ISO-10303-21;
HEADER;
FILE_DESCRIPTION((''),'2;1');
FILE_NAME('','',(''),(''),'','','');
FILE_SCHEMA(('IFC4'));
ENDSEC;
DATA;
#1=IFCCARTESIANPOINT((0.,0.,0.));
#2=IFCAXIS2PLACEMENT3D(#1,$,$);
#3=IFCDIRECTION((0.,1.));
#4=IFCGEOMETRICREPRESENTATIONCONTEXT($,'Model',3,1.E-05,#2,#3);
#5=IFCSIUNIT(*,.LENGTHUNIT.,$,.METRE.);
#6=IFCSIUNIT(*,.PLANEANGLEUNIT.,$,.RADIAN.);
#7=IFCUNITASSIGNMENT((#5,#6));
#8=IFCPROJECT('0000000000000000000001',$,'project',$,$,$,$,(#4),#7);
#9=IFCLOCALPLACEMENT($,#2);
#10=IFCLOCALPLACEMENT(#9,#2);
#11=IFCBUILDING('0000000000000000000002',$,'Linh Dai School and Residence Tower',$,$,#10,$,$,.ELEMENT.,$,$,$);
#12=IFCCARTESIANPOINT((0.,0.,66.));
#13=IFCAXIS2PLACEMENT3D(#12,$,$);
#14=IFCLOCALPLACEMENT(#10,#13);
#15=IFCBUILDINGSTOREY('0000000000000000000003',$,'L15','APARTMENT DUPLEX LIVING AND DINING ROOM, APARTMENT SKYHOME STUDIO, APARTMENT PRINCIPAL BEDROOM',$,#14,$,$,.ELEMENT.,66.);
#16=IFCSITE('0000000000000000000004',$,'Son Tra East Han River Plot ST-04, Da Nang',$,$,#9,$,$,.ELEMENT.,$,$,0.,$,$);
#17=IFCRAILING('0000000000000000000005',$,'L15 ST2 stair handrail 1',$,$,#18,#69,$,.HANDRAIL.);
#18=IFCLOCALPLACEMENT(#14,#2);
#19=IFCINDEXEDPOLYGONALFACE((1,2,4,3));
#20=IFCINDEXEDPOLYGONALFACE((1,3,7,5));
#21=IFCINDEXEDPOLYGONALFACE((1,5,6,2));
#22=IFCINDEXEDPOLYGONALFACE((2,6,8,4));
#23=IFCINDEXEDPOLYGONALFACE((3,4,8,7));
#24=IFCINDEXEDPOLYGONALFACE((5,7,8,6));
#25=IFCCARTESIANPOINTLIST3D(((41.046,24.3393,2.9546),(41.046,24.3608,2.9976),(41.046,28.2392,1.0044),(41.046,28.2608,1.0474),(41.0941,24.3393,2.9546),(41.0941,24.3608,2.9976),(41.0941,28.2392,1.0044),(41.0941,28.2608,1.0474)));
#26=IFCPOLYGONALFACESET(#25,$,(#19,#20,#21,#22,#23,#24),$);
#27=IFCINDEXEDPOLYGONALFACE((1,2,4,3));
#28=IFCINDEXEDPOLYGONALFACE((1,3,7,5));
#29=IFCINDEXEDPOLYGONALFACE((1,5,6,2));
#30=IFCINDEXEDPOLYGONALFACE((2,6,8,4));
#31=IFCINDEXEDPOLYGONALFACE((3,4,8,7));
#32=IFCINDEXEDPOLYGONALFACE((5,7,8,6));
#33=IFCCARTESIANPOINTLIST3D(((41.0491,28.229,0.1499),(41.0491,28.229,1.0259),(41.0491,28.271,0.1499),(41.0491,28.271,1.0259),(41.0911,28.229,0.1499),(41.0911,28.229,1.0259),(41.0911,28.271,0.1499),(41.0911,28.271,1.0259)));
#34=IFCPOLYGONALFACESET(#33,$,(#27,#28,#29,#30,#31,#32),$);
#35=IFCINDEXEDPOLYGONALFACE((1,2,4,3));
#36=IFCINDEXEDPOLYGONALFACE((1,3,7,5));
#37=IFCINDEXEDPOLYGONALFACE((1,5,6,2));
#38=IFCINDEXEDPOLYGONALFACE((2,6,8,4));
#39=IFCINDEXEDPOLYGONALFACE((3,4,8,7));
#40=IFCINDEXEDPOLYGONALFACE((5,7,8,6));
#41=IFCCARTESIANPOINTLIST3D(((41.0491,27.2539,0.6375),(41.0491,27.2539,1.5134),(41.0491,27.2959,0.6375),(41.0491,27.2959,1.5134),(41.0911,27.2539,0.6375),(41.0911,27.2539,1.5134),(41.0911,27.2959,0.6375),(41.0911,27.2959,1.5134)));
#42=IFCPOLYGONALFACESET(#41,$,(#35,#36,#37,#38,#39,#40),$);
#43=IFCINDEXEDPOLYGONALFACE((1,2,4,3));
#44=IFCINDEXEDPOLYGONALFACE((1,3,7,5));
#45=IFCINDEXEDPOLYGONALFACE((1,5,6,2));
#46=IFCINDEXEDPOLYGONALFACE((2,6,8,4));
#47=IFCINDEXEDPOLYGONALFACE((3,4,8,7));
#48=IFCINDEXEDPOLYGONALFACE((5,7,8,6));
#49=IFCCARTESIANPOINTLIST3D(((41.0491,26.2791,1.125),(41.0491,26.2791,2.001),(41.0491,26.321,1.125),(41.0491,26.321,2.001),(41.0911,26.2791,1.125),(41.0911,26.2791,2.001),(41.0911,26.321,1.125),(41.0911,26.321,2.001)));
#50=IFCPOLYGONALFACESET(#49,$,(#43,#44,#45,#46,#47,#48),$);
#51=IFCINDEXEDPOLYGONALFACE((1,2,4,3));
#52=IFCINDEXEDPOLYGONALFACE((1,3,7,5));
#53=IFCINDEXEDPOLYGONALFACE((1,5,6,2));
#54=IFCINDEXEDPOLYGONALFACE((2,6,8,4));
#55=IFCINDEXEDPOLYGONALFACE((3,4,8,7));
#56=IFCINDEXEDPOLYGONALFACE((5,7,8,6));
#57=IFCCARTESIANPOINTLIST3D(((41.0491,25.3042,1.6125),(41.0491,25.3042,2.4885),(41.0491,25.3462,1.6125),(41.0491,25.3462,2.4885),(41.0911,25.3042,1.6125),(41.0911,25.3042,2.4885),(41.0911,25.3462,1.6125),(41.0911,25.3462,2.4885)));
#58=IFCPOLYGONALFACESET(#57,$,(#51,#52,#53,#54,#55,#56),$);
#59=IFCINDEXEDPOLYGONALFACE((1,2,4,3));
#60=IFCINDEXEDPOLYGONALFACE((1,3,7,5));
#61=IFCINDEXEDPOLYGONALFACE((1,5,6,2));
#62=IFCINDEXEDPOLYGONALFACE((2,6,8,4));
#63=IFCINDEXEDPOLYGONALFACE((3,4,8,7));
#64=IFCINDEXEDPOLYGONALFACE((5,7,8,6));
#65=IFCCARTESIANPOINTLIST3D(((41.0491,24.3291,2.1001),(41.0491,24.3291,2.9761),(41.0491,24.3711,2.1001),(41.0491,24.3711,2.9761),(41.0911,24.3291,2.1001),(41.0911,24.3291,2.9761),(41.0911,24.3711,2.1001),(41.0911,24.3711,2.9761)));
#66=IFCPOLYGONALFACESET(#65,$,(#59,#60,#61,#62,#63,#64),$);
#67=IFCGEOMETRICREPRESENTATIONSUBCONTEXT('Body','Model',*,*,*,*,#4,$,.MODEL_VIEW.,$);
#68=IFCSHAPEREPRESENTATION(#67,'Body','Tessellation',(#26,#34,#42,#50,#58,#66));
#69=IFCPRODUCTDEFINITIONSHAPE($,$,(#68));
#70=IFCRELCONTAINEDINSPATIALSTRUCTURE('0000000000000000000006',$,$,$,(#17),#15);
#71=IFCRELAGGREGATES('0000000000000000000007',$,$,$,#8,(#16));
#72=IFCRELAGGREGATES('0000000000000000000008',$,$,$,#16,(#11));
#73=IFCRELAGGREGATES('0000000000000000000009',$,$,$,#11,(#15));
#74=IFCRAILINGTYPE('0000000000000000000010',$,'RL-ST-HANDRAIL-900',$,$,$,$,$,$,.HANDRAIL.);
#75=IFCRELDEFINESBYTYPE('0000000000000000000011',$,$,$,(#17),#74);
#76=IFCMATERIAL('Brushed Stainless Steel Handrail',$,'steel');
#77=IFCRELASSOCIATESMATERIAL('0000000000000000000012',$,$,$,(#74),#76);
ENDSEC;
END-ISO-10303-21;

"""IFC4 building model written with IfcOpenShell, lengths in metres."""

from ifc_helpers import new_model, si_unit, direction, frame, origin, origin_2d, place, context, subcontext, project, spatial, rectangle, extrude, source, transform, mapped, material, type_object, element, save


model = new_model("IFC4")

# Units and contexts
model_context = context("Model", 3, precision=1e-05, world=origin(), true_north=direction((0.0, 1.0)))
body_context = subcontext(model_context, "Body", "Model", "MODEL_VIEW")
ifc_project = project(units=[si_unit("LENGTHUNIT", "METRE"), si_unit("PLANEANGLEUNIT", "RADIAN")], contexts=[model_context])

# Site, building, storey
site_placement = place(None, origin())
site = spatial("IfcSite", under=ifc_project, at=site_placement, Name="Son Tra East Han River Plot ST-04, Da Nang", CompositionType="ELEMENT", RefElevation=0.0)
building_placement = place(site_placement, origin())
building = spatial("IfcBuilding", under=site, at=building_placement, Name="Linh Dai School and Residence Tower", CompositionType="ELEMENT")
storey_placement = place(building_placement, frame((0.0, 0.0, 66.0)))
storey = spatial("IfcBuildingStorey", under=building, at=storey_placement, Name="L15", Description="APARTMENT DUPLEX LIVING AND DINING ROOM, APARTMENT SKYHOME STUDIO, APARTMENT PRINCIPAL BEDROOM", CompositionType="ELEMENT", Elevation=66.0)

# Railing
ifc_material_1 = material(Name="Brushed Stainless Steel Handrail", Category="steel")
railing_type_1 = type_object("IfcRailingType", Name="RL-ST-HANDRAIL-900", PredefinedType="HANDRAIL", material=ifc_material_1)
shared_shape_1 = source(origin(), body_context, "Body", "SweptSolid", [
    extrude(rectangle(XDim=0.0481, YDim=0.0481, at=origin_2d()), frame((0.0, 0.0, 0.876), z_axis=(0.0, -0.894405, 0.447258), x_axis=(1.0, 0.0, 0.0)), (0.0, 0.0, 1.0), 4.3604),
    extrude(rectangle(XDim=0.042, YDim=0.042, at=origin_2d()), origin(), (0.0, 0.0, 1.0), 0.876),
    extrude(rectangle(XDim=0.042, YDim=0.042, at=origin_2d()), frame((0.0, -0.9751, 0.4875)), (0.0, 0.0, 1.0), 0.876),
    extrude(rectangle(XDim=0.042, YDim=0.042, at=origin_2d()), frame((0.0, -1.95, 0.9751)), (0.0, 0.0, 1.0), 0.876),
    extrude(rectangle(XDim=0.042, YDim=0.042, at=origin_2d()), frame((0.0, -2.9248, 1.4626)), (0.0, 0.0, 1.0), 0.876),
    extrude(rectangle(XDim=0.042, YDim=0.042, at=origin_2d()), frame((0.0, -3.8999, 1.9502)), (0.0, 0.0, 1.0), 0.876),
])
railing_1_placement = place(storey_placement, frame((41.0701, 28.25, 0.1499)))
element("IfcRailing", 1, at=railing_1_placement, inside=storey, type_object=railing_type_1, Name="L15 ST2 stair handrail 1", PredefinedType="HANDRAIL", context=body_context, shape_type="MappedRepresentation", body=[
    mapped(shared_shape_1, transform((0.0, 0.0, 0.0), x_axis=(1.0, 0.0, 0.0), y_axis=(0.0, 1.0, 0.0), z_axis=(0.0, 0.0, 1.0), scale=1.0)),
])

save(model, "model.ifc")
